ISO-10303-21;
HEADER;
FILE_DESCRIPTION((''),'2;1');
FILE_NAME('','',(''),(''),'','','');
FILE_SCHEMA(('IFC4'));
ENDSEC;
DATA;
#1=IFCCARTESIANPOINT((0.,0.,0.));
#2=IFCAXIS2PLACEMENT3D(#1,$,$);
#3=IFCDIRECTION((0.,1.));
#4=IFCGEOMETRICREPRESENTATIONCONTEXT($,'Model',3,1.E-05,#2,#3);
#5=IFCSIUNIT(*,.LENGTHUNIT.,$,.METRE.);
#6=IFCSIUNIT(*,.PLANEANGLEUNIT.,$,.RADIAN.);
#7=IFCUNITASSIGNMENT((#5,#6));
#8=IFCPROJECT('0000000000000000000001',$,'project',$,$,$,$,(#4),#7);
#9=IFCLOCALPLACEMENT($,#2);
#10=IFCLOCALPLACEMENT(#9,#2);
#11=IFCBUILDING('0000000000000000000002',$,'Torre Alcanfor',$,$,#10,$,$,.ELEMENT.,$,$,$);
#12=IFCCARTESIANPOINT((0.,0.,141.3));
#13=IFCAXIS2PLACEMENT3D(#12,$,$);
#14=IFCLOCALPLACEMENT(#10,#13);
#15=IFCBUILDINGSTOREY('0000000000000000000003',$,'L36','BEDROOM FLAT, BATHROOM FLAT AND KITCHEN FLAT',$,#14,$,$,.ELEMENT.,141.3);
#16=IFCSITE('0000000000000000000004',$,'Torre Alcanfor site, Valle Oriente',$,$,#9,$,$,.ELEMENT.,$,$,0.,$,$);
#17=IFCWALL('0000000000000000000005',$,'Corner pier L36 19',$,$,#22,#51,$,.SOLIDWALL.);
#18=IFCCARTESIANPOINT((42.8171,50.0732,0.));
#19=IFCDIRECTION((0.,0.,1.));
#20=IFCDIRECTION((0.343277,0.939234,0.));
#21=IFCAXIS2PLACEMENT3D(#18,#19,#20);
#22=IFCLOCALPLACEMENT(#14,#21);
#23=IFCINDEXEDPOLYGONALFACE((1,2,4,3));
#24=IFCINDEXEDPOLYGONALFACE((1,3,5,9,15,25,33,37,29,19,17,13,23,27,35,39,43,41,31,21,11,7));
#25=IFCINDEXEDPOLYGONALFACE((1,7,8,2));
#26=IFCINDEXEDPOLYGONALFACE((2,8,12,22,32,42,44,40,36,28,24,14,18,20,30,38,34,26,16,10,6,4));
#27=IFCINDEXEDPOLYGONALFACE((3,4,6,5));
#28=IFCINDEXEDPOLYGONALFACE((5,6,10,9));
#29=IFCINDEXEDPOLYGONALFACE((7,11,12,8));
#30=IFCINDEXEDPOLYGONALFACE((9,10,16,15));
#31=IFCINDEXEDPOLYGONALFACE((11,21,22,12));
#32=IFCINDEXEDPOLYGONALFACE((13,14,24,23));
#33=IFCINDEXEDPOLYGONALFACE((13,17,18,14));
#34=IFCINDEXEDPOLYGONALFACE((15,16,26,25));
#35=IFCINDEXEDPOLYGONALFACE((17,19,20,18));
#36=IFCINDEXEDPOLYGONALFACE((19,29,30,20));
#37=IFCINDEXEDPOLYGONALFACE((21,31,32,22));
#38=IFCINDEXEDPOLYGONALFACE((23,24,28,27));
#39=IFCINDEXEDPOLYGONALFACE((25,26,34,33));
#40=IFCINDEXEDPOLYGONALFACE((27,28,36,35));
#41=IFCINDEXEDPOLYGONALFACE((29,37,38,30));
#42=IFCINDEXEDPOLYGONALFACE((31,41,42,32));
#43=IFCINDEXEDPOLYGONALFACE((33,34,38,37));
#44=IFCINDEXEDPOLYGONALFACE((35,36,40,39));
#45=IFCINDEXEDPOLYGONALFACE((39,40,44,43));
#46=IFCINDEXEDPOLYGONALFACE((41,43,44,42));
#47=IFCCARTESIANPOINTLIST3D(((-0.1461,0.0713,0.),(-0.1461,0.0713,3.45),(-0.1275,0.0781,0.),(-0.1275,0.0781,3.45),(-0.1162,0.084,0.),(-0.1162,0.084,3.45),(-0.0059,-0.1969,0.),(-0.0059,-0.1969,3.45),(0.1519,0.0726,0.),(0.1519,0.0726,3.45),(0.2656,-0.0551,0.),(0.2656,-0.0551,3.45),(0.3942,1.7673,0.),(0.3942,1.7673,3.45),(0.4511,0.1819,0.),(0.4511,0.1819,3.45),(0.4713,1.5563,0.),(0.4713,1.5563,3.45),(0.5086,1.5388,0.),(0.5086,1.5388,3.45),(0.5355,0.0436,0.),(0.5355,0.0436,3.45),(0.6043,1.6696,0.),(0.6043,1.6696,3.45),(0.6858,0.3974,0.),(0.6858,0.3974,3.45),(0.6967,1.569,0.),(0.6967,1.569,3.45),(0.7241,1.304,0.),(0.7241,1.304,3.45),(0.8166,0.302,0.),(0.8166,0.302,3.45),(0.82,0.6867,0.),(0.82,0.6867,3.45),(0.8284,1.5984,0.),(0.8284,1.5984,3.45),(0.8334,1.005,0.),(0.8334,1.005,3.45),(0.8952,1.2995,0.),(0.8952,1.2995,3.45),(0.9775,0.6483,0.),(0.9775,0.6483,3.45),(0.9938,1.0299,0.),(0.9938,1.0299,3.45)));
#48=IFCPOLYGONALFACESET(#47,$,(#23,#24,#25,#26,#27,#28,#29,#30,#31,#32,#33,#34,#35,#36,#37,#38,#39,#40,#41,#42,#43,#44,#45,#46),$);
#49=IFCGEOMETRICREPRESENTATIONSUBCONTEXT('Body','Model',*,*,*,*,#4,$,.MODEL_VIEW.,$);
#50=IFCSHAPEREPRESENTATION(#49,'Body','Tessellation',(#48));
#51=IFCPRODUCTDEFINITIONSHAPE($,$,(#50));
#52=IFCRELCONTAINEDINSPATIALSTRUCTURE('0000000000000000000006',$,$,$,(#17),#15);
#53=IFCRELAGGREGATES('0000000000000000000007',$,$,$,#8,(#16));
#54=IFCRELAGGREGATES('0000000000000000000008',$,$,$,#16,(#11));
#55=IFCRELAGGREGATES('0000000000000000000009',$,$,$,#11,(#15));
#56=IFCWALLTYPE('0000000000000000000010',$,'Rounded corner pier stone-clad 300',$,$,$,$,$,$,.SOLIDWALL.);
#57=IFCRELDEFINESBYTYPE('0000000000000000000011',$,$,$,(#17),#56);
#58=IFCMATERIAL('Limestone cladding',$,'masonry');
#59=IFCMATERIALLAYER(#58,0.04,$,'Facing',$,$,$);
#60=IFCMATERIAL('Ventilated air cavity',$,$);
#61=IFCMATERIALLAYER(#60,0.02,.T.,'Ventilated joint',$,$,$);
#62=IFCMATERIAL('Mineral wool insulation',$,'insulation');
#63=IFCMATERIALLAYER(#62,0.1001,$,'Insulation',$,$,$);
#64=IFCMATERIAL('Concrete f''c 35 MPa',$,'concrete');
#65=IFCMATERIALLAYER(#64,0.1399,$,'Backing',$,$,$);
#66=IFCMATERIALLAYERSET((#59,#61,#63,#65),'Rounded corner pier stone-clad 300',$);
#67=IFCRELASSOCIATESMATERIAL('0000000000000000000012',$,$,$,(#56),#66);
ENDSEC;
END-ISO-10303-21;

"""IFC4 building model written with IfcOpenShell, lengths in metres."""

from ifc_helpers import new_model, si_unit, direction, frame, origin, place, context, subcontext, project, spatial, polyline, outline, extrude, material, layer, layer_set, type_object, element, save


model = new_model("IFC4")

# Units and contexts
model_context = context("Model", 3, precision=1e-05, world=origin(), true_north=direction((0.0, 1.0)))
body_context = subcontext(model_context, "Body", "Model", "MODEL_VIEW")
ifc_project = project(units=[si_unit("LENGTHUNIT", "METRE"), si_unit("PLANEANGLEUNIT", "RADIAN")], contexts=[model_context])

# Site, building, storey
site_placement = place(None, origin())
site = spatial("IfcSite", under=ifc_project, at=site_placement, Name="Torre Alcanfor site, Valle Oriente", CompositionType="ELEMENT", RefElevation=0.0)
building_placement = place(site_placement, origin())
building = spatial("IfcBuilding", under=site, at=building_placement, Name="Torre Alcanfor", CompositionType="ELEMENT")
storey_placement = place(building_placement, frame((0.0, 0.0, 141.3)))
storey = spatial("IfcBuildingStorey", under=building, at=storey_placement, Name="L36", Description="BEDROOM FLAT, BATHROOM FLAT AND KITCHEN FLAT", CompositionType="ELEMENT", Elevation=141.3)

# Shared definitions
ifc_material_1 = material(Name="Limestone cladding", Category="masonry")
ifc_material_2 = material(Name="Ventilated air cavity")
ifc_material_3 = material(Name="Mineral wool insulation", Category="insulation")
ifc_material_4 = material(Name="Concrete f'c 35 MPa", Category="concrete")

# Wall
ifc_layer_1 = layer(ifc_material_1, 0.04, Name="Facing")
ifc_layer_2 = layer(ifc_material_2, 0.02, ventilated=True, Name="Ventilated joint")
ifc_layer_3 = layer(ifc_material_3, 0.1001, Name="Insulation")
ifc_layer_4 = layer(ifc_material_4, 0.1399, Name="Backing")
ifc_layer_set_1 = layer_set([ifc_layer_1, ifc_layer_2, ifc_layer_3, ifc_layer_4], Name="Rounded corner pier stone-clad 300")
wall_type_1 = type_object("IfcWallType", Name="Rounded corner pier stone-clad 300", PredefinedType="SOLIDWALL", material=ifc_layer_set_1)
wall_1_placement = place(storey_placement, frame((42.8171, 50.0732, 0.0), z_axis=(0.0, 0.0, 1.0), x_axis=(0.343277, 0.939234, 0.0)))
element("IfcWall", 1, at=wall_1_placement, inside=storey, type_object=wall_type_1, Name="Corner pier L36 19", PredefinedType="SOLIDWALL", context=body_context, shape_type="SweptSolid", body=[
    extrude(outline(polyline([(0.2656, -0.0551), (0.5355, 0.0436), (0.8166, 0.302), (0.9775, 0.6483), (0.9938, 1.0299), (0.8952, 1.2995), (0.8284, 1.5984), (0.6967, 1.569), (0.6043, 1.6696), (0.3942, 1.7673), (0.4713, 1.5563), (0.5086, 1.5388), (0.7241, 1.304), (0.8334, 1.005), (0.82, 0.6867), (0.6858, 0.3974), (0.4511, 0.1819), (0.1519, 0.0726), (-0.1162, 0.084), (-0.1275, 0.0781), (-0.1461, 0.0713), (-0.0059, -0.1969), (0.2656, -0.0551)])), origin(), (0.0, 0.0, 1.0), 3.45),
])

save(model, "model.ifc")
